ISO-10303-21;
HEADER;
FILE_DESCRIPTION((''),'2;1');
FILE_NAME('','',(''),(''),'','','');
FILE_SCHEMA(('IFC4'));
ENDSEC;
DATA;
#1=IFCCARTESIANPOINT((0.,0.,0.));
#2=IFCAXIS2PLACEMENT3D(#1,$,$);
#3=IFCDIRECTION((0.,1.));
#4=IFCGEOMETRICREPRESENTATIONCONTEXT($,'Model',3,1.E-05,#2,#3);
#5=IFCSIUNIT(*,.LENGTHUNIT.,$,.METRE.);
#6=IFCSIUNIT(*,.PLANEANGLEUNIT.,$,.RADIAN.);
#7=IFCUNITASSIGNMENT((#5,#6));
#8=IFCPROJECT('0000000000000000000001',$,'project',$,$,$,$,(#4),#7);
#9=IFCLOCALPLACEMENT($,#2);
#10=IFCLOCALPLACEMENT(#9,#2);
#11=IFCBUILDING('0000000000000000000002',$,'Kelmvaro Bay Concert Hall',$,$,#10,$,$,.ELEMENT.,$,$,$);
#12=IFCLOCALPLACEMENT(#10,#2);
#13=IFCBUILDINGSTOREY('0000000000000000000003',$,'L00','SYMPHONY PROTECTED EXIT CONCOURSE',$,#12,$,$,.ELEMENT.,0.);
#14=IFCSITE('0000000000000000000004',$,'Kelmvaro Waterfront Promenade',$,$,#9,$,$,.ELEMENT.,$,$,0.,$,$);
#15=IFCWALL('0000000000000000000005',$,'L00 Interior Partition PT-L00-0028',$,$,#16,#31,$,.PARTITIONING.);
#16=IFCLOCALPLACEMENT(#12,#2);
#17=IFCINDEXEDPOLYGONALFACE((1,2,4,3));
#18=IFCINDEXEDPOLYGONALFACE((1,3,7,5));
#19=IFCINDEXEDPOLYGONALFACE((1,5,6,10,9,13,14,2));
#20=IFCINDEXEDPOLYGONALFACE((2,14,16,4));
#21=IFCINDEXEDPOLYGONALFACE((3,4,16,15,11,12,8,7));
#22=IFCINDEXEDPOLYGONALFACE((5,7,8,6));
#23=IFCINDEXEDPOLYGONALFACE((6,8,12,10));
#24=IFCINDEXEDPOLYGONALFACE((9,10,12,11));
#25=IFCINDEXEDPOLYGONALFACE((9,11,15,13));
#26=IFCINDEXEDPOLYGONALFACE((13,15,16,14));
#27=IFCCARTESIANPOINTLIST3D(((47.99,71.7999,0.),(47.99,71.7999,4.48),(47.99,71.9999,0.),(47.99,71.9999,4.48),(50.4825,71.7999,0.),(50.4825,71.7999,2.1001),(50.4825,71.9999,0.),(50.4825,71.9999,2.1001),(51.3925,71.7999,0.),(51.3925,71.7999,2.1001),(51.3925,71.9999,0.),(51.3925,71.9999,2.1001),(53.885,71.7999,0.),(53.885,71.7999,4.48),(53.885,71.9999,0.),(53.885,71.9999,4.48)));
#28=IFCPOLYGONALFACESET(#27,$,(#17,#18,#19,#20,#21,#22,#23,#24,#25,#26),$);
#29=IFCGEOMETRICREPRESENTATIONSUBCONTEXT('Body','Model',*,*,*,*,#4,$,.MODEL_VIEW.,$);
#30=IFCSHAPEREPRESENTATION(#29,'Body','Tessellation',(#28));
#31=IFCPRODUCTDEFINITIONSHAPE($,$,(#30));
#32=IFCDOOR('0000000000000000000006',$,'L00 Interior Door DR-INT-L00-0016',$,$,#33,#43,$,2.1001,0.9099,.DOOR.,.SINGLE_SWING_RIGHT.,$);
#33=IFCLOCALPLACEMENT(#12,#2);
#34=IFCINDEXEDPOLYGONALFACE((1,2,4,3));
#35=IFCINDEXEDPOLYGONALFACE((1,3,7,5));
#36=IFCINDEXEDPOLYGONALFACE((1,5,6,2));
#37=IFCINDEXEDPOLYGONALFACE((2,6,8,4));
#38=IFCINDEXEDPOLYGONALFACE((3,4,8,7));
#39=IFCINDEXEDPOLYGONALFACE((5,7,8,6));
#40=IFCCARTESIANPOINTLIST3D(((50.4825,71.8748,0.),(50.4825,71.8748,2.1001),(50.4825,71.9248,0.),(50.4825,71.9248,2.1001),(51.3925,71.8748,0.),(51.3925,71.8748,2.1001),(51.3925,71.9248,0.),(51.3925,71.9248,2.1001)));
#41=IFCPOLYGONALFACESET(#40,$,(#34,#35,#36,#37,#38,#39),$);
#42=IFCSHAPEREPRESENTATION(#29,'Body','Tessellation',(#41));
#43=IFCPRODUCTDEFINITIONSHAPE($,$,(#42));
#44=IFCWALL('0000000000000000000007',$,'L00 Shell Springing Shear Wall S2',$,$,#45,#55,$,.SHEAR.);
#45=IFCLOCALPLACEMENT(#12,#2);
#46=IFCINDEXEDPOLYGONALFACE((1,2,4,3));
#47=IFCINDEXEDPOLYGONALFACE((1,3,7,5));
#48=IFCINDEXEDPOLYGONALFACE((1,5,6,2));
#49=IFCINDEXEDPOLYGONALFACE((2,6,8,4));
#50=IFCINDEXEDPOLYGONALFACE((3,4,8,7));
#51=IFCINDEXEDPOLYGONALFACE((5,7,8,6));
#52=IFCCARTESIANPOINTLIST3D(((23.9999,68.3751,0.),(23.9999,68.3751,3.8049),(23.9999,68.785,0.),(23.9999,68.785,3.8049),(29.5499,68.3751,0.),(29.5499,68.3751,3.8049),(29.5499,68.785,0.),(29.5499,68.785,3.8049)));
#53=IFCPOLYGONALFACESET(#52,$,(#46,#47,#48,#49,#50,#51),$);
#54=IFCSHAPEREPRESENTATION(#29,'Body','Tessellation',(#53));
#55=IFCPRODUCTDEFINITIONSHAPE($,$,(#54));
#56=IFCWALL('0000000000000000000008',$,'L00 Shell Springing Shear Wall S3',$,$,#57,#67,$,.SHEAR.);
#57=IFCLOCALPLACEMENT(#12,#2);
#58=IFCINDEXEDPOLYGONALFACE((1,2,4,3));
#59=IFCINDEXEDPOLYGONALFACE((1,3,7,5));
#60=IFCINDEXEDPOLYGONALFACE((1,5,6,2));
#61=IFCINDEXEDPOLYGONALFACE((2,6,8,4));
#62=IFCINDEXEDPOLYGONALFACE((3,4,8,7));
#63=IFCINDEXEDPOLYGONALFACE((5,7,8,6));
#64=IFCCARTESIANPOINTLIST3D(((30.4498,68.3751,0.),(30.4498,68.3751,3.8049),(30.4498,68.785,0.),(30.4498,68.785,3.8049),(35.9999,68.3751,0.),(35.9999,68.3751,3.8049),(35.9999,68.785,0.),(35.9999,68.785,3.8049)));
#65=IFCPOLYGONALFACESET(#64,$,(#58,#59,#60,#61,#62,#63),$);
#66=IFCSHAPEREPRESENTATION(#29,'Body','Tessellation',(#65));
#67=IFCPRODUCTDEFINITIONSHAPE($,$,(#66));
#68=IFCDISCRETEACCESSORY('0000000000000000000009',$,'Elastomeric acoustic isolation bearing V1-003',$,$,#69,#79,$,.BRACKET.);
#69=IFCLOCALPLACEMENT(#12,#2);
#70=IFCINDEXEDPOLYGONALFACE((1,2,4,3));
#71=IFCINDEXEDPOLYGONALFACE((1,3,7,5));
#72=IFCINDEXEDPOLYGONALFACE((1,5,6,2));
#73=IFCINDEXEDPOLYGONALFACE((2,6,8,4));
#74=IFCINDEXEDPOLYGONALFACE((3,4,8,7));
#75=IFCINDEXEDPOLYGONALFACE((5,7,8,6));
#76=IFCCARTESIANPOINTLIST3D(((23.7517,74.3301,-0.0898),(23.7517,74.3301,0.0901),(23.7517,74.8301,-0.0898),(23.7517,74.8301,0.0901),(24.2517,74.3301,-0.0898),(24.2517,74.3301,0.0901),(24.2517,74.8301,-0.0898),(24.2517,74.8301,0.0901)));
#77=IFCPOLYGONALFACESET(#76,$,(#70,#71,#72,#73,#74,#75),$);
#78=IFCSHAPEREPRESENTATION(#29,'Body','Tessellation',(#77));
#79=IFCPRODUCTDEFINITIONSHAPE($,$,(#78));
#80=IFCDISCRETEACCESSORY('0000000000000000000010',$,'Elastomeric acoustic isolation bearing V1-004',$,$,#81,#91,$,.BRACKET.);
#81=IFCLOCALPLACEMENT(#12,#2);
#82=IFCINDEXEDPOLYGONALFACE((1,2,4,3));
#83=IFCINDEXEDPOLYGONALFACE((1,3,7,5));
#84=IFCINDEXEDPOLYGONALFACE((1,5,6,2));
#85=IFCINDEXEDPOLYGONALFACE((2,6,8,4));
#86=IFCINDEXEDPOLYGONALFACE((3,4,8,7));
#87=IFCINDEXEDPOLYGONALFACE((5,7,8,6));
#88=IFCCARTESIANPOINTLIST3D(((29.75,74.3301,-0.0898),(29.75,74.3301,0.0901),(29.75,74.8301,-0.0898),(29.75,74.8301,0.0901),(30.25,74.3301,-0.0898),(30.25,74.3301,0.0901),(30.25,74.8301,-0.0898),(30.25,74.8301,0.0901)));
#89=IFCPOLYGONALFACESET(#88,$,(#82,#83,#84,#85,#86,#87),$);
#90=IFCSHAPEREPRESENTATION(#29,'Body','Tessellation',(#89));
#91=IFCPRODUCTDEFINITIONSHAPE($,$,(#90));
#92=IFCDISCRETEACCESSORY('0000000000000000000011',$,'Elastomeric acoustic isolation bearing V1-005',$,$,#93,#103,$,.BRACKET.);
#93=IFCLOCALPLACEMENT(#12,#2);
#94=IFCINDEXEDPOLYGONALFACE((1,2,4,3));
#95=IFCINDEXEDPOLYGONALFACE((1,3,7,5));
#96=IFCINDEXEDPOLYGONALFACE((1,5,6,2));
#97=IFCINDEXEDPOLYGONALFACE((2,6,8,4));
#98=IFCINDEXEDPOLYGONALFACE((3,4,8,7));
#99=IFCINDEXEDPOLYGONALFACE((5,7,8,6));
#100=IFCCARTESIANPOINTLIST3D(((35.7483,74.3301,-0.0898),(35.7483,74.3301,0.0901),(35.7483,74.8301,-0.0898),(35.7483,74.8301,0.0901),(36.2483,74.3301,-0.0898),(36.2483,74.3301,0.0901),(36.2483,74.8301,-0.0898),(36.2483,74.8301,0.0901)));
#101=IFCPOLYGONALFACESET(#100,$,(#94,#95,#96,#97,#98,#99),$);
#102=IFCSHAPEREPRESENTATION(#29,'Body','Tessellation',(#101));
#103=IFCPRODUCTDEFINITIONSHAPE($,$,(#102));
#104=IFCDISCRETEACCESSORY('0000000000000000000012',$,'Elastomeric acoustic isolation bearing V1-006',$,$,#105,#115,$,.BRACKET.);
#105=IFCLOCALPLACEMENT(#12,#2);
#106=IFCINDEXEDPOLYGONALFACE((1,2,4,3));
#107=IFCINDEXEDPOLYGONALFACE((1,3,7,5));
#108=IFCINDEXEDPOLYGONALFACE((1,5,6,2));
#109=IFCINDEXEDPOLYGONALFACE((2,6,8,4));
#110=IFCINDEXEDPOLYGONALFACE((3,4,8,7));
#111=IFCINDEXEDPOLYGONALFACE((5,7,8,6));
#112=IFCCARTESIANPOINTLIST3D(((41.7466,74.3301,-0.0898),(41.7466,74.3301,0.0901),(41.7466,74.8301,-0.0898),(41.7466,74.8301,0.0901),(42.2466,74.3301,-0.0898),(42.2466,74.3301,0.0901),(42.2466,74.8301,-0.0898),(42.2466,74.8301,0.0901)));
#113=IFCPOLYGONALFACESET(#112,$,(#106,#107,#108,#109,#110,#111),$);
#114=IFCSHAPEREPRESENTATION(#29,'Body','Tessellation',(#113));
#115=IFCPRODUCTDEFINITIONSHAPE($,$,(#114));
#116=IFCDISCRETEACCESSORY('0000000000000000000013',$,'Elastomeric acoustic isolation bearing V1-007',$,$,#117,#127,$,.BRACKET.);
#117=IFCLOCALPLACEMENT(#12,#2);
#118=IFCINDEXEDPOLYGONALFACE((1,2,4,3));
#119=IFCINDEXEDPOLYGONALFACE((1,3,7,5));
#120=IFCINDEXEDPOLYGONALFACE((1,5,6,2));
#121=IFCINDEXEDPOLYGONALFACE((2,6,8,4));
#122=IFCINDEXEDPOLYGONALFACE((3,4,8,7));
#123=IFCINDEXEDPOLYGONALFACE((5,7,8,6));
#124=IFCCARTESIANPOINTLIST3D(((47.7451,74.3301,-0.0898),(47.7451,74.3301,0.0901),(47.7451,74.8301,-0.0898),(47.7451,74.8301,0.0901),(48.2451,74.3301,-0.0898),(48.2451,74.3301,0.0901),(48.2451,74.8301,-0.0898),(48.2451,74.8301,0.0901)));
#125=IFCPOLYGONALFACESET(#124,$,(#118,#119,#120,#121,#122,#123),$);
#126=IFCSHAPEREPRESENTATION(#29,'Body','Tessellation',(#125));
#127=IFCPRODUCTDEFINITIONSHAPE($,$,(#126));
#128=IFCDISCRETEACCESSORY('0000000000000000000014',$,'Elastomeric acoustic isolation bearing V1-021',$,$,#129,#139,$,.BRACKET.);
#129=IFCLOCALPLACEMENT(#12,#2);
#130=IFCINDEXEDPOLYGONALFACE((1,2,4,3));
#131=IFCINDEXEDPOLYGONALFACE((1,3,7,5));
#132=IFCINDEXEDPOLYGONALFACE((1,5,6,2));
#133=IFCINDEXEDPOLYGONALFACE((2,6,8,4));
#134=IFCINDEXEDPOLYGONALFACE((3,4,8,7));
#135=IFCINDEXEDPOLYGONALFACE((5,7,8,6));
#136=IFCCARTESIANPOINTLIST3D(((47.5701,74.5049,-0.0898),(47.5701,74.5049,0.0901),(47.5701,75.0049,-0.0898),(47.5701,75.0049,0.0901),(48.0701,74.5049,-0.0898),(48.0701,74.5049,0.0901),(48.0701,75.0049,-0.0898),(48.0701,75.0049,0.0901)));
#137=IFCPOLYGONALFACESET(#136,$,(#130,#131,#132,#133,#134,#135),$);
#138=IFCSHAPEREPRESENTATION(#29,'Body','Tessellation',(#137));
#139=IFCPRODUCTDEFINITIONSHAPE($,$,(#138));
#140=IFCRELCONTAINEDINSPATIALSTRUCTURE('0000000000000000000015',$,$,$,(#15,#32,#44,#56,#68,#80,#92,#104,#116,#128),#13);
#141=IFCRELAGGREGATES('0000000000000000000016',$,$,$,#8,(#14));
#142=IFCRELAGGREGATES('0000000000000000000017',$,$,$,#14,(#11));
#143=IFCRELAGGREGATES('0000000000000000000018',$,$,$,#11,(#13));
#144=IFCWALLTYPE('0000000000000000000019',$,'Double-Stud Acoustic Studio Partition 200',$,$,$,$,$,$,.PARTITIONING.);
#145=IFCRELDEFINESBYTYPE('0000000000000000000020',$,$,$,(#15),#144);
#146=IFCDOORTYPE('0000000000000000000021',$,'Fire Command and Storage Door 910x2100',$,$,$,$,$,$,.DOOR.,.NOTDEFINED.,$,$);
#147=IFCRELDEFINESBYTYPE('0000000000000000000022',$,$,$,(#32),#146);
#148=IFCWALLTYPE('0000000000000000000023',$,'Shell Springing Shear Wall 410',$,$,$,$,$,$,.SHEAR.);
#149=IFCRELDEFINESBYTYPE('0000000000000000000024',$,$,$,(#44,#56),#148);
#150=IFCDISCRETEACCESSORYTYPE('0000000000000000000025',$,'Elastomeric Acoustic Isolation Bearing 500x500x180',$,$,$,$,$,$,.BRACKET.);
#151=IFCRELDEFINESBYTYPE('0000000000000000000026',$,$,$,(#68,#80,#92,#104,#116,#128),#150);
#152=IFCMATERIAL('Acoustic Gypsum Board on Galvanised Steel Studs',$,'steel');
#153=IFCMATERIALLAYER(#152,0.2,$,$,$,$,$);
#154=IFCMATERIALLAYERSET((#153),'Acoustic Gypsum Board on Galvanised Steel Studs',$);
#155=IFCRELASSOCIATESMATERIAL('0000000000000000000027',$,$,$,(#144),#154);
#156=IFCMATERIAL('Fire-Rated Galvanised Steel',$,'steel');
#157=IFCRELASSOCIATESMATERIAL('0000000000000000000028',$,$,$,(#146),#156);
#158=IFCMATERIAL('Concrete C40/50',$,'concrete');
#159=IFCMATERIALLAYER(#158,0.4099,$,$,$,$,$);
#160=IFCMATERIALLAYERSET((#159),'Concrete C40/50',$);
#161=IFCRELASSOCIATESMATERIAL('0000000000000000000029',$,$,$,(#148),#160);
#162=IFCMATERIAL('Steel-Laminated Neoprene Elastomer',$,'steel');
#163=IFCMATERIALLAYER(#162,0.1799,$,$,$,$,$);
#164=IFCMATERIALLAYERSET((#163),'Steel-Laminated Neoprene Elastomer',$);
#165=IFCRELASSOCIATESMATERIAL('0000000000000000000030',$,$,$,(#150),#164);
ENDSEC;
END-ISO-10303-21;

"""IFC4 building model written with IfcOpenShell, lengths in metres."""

from ifc_helpers import new_model, si_unit, direction, frame, frame_2d, origin, origin_2d, place, context, subcontext, project, spatial, rectangle, extrude, material, layer, layer_set, type_object, element, fill, save


model = new_model("IFC4")

# Units and contexts
model_context = context("Model", 3, precision=1e-05, world=origin(), true_north=direction((0.0, 1.0)))
body_context = subcontext(model_context, "Body", "Model", "MODEL_VIEW")
ifc_project = project(units=[si_unit("LENGTHUNIT", "METRE"), si_unit("PLANEANGLEUNIT", "RADIAN")], contexts=[model_context])

# Site, building, storey
site_placement = place(None, origin())
site = spatial("IfcSite", under=ifc_project, at=site_placement, Name="Kelmvaro Waterfront Promenade", CompositionType="ELEMENT", RefElevation=0.0)
building_placement = place(site_placement, origin())
building = spatial("IfcBuilding", under=site, at=building_placement, Name="Kelmvaro Bay Concert Hall", CompositionType="ELEMENT")
storey_placement = place(building_placement, origin())
storey = spatial("IfcBuildingStorey", under=building, at=storey_placement, Name="L00", Description="SYMPHONY PROTECTED EXIT CONCOURSE", CompositionType="ELEMENT", Elevation=0.0)

# Shared definitions
ifc_material_1 = material(Name="Acoustic Gypsum Board on Galvanised Steel Studs", Category="steel")
ifc_layer_1 = layer(ifc_material_1, 0.2)
ifc_layer_set_1 = layer_set([ifc_layer_1], Name="Acoustic Gypsum Board on Galvanised Steel Studs")
wall_type_1 = type_object("IfcWallType", Name="Double-Stud Acoustic Studio Partition 200", PredefinedType="PARTITIONING", material=ifc_layer_set_1)

# Wall, opening, door
ifc_material_2 = material(Name="Fire-Rated Galvanised Steel", Category="steel")
door_type = type_object("IfcDoorType", Name="Fire Command and Storage Door 910x2100", OperationType="NOTDEFINED", PredefinedType="DOOR", material=ifc_material_2)
wall_1_placement = place(storey_placement, frame((47.99, 71.8999, 0.0), z_axis=(0.0, 0.0, 1.0), x_axis=(1.0, 0.0, 0.0)))
wall_1 = element("IfcWall", 1, at=wall_1_placement, inside=storey, type_object=wall_type_1, Name="L00 Interior Partition PT-L00-0028", PredefinedType="PARTITIONING", context=body_context, shape_type="SweptSolid", body=[
    extrude(rectangle(XDim=5.895, YDim=0.2, at=frame_2d((2.9475, 0.0))), origin(), (0.0, 0.0, 1.0), 4.48),
])
opening_1_placement = place(wall_1_placement, frame((2.4924, 0.0, 0.0)))
opening_1 = element("IfcOpeningElement", 2, at=opening_1_placement, cuts=wall_1, PredefinedType="OPENING", context=body_context, shape_type="SweptSolid", body=[
    extrude(rectangle(XDim=0.9099, YDim=2.1001, at=frame_2d((0.4551, 1.05))), frame((0.0, 0.1099, 0.0), z_axis=(0.0, -1.0, 0.0), x_axis=(1.0, 0.0, 0.0)), (0.0, 0.0, 1.0), 0.22),
])
door_1_placement = place(opening_1_placement, origin())
door_1 = element("IfcDoor", 3, at=door_1_placement, inside=storey, type_object=door_type, Name="L00 Interior Door DR-INT-L00-0016", OperationType="SINGLE_SWING_RIGHT", OverallHeight=2.1001, OverallWidth=0.9099, PredefinedType="DOOR", context=body_context, shape_type="SweptSolid", body=[
    extrude(rectangle(XDim=0.9099, YDim=2.1001, at=frame_2d((0.4551, 1.05))), frame((0.0, 0.0249, 0.0), z_axis=(0.0, -1.0, 0.0), x_axis=(1.0, 0.0, 0.0)), (0.0, 0.0, 1.0), 0.05),
])
fill(opening_1, door_1)

# Walls
ifc_material_3 = material(Name="Concrete C40/50", Category="concrete")
ifc_layer_2 = layer(ifc_material_3, 0.4099)
ifc_layer_set_2 = layer_set([ifc_layer_2], Name="Concrete C40/50")
wall_type_2 = type_object("IfcWallType", Name="Shell Springing Shear Wall 410", PredefinedType="SHEAR", material=ifc_layer_set_2)
for number, where, z_axis, x_axis, name in (
    (4, (24.0, 68.5801, 0.0), (0.0, 0.0, 1.0), (1.0, 0.0, 0.0), "L00 Shell Springing Shear Wall S2"),
    (5, (30.45, 68.5801, 0.0), (0.0, 0.0, 1.0), (1.0, 0.0, 0.0), "L00 Shell Springing Shear Wall S3"),
):
    element("IfcWall", number, at=place(storey_placement, frame(where, z_axis=z_axis, x_axis=x_axis)), inside=storey, type_object=wall_type_2, Name=name, PredefinedType="SHEAR", context=body_context, shape_type="SweptSolid", body=[
        extrude(rectangle(XDim=5.55, YDim=0.4099, at=frame_2d((2.7749, 0.0))), origin(), (0.0, 0.0, 1.0), 3.8049),
    ])

# Discrete accessories
ifc_material_4 = material(Name="Steel-Laminated Neoprene Elastomer", Category="steel")
ifc_layer_3 = layer(ifc_material_4, 0.1799)
ifc_layer_set_3 = layer_set([ifc_layer_3], Name="Steel-Laminated Neoprene Elastomer")
discrete_accessory_type = type_object("IfcDiscreteAccessoryType", Name="Elastomeric Acoustic Isolation Bearing 500x500x180", PredefinedType="BRACKET", material=ifc_layer_set_3)
for number, where, z_axis, x_axis, name in (
    (6, (24.0017, 74.5801, -0.0898), (0.0, 0.0, 1.0), (1.0, 0.0, 0.0), "Elastomeric acoustic isolation bearing V1-003"),
    (7, (30.0, 74.5801, -0.0898), (0.0, 0.0, 1.0), (1.0, 0.0, 0.0), "Elastomeric acoustic isolation bearing V1-004"),
    (8, (35.9983, 74.5801, -0.0898), (0.0, 0.0, 1.0), (1.0, 0.0, 0.0), "Elastomeric acoustic isolation bearing V1-005"),
    (9, (41.9966, 74.5801, -0.0898), (0.0, 0.0, 1.0), (1.0, 0.0, 0.0), "Elastomeric acoustic isolation bearing V1-006"),
    (10, (47.9951, 74.5801, -0.0898), (0.0, 0.0, 1.0), (1.0, 0.0, 0.0), "Elastomeric acoustic isolation bearing V1-007"),
    (11, (47.8201, 74.7549, -0.0898), (0.0, 0.0, 1.0), (1.0, 0.0, 0.0), "Elastomeric acoustic isolation bearing V1-021"),
):
    element("IfcDiscreteAccessory", number, at=place(storey_placement, frame(where, z_axis=z_axis, x_axis=x_axis)), inside=storey, type_object=discrete_accessory_type, Name=name, PredefinedType="BRACKET", context=body_context, shape_type="SweptSolid", body=[
        extrude(rectangle(XDim=0.5, YDim=0.5, at=origin_2d()), origin(), (0.0, 0.0, 1.0), 0.1799),
    ])

save(model, "model.ifc")
